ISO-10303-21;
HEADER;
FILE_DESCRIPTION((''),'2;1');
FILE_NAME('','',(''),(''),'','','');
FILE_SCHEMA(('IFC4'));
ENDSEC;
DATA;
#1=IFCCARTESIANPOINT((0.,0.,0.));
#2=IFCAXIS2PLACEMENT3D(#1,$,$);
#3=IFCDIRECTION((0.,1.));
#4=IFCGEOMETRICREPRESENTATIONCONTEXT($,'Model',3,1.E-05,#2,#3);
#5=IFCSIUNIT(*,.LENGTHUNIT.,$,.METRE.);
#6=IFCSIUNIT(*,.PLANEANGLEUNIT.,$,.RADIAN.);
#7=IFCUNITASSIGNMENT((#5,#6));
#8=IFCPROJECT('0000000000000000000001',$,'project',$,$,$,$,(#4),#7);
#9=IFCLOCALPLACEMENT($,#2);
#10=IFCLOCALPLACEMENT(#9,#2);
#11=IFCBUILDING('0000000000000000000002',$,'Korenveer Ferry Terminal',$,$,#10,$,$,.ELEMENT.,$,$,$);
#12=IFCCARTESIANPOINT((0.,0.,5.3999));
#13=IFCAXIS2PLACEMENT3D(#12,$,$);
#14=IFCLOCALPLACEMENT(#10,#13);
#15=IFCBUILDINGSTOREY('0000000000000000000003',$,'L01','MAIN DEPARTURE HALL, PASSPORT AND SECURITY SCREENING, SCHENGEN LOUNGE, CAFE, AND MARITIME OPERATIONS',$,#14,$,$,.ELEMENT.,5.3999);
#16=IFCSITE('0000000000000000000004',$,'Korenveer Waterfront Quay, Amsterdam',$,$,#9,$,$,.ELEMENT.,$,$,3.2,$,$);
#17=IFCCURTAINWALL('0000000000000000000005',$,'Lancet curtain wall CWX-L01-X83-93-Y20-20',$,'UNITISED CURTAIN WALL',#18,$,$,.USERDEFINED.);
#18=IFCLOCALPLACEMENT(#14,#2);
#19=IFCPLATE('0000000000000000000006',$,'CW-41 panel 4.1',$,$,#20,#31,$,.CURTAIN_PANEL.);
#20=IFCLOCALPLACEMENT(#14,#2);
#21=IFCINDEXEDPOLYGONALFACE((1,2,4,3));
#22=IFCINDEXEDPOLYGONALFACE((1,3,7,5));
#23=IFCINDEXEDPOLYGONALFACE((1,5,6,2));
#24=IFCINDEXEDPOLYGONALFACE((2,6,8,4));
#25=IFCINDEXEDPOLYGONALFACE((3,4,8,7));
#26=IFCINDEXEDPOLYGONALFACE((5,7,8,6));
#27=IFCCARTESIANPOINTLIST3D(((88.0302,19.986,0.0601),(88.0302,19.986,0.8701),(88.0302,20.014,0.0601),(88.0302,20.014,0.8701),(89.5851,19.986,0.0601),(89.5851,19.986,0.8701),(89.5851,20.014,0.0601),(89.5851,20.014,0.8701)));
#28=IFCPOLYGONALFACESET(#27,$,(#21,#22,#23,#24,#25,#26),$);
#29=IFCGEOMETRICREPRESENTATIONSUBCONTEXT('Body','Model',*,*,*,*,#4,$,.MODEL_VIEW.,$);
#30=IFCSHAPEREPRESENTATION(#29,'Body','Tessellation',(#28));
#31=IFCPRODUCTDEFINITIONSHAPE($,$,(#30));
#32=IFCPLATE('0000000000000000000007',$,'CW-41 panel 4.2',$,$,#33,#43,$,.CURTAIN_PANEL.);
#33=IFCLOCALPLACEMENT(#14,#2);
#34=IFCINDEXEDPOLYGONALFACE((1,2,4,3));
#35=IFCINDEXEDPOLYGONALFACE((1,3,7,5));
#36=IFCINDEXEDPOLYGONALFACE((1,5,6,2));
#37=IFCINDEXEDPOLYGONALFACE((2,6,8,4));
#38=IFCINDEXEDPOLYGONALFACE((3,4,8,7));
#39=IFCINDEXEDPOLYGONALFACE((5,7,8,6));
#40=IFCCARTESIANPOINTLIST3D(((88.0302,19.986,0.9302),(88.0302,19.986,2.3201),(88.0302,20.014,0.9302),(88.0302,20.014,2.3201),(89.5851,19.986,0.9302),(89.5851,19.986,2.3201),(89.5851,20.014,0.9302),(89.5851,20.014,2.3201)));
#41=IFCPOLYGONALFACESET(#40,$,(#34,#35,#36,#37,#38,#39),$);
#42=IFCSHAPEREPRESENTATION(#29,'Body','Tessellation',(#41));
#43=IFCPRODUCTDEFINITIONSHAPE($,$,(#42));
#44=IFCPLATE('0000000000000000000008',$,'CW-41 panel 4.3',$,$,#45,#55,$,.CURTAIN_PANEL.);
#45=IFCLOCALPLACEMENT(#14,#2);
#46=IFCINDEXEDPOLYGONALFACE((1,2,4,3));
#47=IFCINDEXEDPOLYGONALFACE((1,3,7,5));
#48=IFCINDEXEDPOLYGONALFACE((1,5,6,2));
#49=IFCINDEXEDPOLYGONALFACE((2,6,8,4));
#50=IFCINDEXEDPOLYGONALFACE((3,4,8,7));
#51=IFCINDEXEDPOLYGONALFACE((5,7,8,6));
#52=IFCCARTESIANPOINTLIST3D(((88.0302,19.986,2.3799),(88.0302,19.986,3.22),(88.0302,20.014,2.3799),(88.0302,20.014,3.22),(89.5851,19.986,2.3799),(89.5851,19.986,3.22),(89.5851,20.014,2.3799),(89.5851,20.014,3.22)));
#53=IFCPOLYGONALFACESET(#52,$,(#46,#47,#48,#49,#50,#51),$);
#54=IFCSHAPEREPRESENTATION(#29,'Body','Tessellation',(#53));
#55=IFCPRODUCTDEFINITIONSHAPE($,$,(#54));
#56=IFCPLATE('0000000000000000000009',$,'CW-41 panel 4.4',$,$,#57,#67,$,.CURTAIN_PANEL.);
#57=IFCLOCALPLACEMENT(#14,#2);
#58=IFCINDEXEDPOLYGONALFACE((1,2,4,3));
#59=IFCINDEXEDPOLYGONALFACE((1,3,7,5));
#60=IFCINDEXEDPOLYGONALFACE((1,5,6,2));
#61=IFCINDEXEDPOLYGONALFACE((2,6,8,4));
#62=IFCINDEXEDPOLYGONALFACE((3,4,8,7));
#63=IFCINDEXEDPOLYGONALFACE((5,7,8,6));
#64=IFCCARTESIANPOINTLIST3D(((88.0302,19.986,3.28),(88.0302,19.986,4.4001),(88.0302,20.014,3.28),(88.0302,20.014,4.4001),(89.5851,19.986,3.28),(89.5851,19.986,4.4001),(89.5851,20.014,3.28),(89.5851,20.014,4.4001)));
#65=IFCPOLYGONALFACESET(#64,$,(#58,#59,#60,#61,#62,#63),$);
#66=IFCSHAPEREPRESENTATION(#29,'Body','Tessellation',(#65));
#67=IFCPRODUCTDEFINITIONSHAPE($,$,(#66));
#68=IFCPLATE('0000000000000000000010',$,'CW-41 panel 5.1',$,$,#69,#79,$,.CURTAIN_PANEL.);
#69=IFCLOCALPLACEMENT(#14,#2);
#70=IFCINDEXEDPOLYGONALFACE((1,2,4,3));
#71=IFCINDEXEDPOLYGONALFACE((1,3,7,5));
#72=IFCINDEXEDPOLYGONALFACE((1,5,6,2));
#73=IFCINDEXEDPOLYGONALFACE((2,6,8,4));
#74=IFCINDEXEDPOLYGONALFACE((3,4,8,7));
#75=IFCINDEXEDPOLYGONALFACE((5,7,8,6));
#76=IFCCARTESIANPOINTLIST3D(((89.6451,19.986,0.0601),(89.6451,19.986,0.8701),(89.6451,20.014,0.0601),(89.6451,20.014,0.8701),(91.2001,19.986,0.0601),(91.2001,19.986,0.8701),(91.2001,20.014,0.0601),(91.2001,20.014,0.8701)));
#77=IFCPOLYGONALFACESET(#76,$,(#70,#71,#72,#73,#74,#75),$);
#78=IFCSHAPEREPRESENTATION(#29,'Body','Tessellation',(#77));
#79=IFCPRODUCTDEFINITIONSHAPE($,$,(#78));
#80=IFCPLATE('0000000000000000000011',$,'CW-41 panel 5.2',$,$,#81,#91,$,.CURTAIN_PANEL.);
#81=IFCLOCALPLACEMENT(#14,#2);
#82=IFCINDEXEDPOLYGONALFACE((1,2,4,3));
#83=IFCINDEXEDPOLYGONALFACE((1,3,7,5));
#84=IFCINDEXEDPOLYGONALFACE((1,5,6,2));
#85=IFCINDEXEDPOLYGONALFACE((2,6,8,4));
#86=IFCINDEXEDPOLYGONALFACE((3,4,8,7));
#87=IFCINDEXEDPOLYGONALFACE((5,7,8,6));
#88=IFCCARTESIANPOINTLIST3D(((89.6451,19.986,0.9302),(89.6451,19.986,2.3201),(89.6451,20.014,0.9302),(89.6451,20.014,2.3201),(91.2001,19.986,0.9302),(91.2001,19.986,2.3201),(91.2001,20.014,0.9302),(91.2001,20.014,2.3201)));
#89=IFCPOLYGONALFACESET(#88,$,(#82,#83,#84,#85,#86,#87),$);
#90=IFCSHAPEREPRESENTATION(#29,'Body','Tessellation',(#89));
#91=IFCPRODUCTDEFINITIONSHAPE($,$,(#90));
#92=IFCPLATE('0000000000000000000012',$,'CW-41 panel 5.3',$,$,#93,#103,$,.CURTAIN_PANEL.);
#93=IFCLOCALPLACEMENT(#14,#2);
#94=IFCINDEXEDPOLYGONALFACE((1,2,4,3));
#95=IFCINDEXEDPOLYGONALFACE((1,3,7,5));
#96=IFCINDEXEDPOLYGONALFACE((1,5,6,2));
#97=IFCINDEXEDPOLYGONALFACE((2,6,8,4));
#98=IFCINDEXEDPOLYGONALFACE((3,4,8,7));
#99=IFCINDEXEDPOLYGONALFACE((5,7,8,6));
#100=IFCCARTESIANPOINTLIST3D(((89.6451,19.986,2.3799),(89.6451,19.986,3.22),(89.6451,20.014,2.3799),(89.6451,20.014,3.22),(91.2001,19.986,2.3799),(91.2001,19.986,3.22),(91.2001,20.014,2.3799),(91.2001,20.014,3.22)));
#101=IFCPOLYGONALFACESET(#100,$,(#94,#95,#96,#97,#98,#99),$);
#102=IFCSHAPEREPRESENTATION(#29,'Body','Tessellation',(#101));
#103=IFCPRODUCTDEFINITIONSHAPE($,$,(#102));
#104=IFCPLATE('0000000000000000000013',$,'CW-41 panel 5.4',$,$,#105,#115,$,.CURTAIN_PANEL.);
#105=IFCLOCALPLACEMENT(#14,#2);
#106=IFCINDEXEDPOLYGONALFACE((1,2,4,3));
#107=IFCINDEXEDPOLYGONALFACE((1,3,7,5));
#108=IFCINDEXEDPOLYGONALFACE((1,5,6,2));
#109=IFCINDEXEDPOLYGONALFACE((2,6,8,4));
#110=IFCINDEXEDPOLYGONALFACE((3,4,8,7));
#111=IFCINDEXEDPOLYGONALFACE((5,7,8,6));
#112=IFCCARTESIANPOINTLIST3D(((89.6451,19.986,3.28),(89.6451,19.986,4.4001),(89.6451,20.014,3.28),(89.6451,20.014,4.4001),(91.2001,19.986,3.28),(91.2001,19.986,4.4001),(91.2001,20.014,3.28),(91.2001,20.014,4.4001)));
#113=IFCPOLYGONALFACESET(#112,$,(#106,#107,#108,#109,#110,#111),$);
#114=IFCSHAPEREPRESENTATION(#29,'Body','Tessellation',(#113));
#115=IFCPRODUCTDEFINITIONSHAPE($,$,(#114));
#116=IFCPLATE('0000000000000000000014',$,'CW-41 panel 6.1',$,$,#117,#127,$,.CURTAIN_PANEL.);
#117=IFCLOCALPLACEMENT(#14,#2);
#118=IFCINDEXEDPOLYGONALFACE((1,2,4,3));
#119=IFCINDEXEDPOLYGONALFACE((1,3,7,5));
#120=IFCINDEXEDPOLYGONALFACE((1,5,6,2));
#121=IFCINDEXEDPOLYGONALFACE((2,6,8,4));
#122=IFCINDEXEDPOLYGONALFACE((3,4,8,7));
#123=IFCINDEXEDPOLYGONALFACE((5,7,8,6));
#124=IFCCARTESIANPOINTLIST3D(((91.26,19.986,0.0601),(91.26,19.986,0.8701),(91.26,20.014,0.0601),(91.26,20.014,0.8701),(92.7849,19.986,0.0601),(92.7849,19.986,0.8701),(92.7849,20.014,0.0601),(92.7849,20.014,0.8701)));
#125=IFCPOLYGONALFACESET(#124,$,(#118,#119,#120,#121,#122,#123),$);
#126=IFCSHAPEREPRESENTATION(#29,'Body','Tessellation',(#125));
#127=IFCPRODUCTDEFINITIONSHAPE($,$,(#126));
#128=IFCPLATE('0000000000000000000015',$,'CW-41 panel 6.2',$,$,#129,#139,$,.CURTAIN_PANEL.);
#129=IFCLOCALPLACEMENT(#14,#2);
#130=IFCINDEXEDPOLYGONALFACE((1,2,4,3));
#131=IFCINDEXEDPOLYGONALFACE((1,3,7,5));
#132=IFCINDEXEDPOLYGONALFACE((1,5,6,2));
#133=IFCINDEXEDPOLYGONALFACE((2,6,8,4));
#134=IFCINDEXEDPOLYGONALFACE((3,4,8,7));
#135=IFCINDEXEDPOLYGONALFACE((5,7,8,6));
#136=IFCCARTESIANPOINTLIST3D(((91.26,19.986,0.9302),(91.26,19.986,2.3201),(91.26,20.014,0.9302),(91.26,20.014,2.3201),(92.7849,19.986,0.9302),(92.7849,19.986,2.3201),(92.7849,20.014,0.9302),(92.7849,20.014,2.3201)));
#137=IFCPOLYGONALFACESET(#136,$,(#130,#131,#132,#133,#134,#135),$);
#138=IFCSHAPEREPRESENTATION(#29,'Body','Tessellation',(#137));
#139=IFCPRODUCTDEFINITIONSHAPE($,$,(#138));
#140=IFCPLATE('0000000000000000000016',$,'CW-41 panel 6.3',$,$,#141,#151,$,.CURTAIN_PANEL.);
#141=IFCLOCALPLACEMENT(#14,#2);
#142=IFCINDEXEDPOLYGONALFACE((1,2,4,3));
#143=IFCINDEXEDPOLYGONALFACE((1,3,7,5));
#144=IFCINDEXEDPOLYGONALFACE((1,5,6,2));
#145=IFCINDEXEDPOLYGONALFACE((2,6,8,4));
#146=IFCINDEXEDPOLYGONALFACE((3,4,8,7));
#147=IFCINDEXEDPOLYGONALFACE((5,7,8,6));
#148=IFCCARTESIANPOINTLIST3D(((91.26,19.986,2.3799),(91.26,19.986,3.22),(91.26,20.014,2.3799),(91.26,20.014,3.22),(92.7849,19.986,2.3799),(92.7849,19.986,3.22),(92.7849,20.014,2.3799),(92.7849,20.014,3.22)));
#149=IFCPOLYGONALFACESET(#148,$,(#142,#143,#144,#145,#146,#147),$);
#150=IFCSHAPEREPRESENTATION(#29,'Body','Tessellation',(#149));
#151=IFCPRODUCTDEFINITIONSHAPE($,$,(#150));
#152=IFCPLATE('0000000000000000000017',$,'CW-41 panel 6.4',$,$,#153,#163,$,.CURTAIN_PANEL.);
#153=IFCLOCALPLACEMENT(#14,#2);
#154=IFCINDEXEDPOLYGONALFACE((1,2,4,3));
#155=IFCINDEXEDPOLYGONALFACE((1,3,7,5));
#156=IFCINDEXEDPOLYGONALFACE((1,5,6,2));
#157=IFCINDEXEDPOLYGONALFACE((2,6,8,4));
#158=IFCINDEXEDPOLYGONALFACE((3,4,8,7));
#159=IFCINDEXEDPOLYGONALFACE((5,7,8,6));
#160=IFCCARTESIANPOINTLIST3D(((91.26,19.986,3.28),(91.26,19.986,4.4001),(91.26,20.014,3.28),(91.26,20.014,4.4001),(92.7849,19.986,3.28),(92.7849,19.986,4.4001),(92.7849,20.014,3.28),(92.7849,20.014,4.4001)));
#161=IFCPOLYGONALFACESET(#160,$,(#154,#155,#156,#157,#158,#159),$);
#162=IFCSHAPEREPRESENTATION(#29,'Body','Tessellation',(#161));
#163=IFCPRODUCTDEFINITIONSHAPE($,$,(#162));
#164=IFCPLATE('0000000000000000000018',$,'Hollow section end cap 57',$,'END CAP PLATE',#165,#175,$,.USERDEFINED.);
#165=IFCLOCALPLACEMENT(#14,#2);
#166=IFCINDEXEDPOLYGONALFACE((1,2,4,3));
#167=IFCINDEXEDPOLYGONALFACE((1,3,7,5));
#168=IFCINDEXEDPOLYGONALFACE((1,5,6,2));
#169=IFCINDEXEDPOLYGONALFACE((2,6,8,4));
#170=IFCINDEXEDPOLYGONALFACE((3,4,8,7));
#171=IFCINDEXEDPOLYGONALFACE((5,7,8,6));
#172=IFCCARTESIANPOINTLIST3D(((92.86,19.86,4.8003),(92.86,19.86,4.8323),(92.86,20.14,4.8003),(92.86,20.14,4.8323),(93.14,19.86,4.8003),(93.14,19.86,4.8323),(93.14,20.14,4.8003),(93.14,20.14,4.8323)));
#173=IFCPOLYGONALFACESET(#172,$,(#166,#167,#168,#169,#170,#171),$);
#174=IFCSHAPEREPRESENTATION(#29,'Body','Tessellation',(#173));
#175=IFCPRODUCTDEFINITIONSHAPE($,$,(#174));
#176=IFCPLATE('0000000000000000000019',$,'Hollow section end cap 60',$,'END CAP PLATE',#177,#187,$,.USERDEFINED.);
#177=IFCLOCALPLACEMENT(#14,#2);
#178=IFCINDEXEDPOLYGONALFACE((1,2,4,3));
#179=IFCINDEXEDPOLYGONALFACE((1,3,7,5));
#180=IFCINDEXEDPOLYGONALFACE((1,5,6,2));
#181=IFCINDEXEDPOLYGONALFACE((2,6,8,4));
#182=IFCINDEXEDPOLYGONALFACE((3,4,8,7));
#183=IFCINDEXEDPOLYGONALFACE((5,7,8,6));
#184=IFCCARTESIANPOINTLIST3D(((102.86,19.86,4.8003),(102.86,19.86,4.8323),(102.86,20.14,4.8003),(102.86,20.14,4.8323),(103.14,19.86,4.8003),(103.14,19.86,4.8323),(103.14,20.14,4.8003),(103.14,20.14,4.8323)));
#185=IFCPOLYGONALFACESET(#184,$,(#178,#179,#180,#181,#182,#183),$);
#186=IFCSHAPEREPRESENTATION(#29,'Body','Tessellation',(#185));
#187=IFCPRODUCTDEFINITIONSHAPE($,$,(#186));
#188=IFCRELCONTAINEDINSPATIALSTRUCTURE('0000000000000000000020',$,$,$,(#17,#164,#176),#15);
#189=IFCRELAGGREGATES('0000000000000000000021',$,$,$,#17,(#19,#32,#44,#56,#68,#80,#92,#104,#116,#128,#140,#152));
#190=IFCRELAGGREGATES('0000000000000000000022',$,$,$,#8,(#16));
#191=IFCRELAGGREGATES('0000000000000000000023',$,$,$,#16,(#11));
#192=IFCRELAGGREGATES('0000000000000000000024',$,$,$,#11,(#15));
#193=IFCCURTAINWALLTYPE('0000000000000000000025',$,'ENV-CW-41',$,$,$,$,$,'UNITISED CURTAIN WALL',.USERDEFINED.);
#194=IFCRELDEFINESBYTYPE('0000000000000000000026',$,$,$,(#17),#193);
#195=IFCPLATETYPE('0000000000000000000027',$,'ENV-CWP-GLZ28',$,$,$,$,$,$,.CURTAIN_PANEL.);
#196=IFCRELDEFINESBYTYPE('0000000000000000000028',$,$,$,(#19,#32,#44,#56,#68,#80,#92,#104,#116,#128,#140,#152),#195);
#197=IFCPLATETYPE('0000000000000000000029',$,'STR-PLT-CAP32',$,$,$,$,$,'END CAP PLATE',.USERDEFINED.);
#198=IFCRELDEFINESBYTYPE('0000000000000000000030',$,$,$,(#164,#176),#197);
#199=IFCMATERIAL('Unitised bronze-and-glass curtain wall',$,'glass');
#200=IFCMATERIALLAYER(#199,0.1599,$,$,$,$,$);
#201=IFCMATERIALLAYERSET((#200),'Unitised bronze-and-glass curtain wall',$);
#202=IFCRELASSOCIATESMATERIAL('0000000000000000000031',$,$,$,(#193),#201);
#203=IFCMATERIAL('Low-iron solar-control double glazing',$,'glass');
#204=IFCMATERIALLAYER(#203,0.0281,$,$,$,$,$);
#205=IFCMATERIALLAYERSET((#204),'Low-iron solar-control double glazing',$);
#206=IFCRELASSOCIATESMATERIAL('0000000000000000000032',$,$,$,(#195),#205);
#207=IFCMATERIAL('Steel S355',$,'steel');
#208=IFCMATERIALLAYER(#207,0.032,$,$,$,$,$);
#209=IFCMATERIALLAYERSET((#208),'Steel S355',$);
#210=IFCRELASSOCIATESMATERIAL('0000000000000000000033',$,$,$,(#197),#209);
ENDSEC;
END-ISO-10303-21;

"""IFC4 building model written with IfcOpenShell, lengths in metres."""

from ifc_helpers import new_model, si_unit, direction, frame, origin, origin_2d, place, context, subcontext, project, spatial, rectangle, extrude, material, layer, layer_set, type_object, element, aggregate, save


model = new_model("IFC4")

# Units and contexts
model_context = context("Model", 3, precision=1e-05, world=origin(), true_north=direction((0.0, 1.0)))
body_context = subcontext(model_context, "Body", "Model", "MODEL_VIEW")
ifc_project = project(units=[si_unit("LENGTHUNIT", "METRE"), si_unit("PLANEANGLEUNIT", "RADIAN")], contexts=[model_context])

# Site, building, storey
site_placement = place(None, origin())
site = spatial("IfcSite", under=ifc_project, at=site_placement, Name="Korenveer Waterfront Quay, Amsterdam", CompositionType="ELEMENT", RefElevation=3.2)
building_placement = place(site_placement, origin())
building = spatial("IfcBuilding", under=site, at=building_placement, Name="Korenveer Ferry Terminal", CompositionType="ELEMENT")
storey_placement = place(building_placement, frame((0.0, 0.0, 5.3999)))
storey = spatial("IfcBuildingStorey", under=building, at=storey_placement, Name="L01", Description="MAIN DEPARTURE HALL, PASSPORT AND SECURITY SCREENING, SCHENGEN LOUNGE, CAFE, AND MARITIME OPERATIONS", CompositionType="ELEMENT", Elevation=5.3999)

# Shared definitions
ifc_material_1 = material(Name="Steel S355", Category="steel")

# Curtain wall
ifc_material_2 = material(Name="Unitised bronze-and-glass curtain wall", Category="glass")
ifc_layer_1 = layer(ifc_material_2, 0.1599)
ifc_layer_set_1 = layer_set([ifc_layer_1], Name="Unitised bronze-and-glass curtain wall")
curtain_wall_type_1 = type_object("IfcCurtainWallType", Name="ENV-CW-41", ElementType="UNITISED CURTAIN WALL", PredefinedType="USERDEFINED", material=ifc_layer_set_1)
curtain_wall_1_placement = place(storey_placement, frame((83.155, 20.0, 0.0)))
curtain_wall_1 = element("IfcCurtainWall", 1, at=curtain_wall_1_placement, inside=storey, type_object=curtain_wall_type_1, Name="Lancet curtain wall CWX-L01-X83-93-Y20-20", ObjectType="UNITISED CURTAIN WALL", PredefinedType="USERDEFINED")

# Plates
ifc_material_3 = material(Name="Low-iron solar-control double glazing", Category="glass")
ifc_layer_2 = layer(ifc_material_3, 0.0281)
ifc_layer_set_2 = layer_set([ifc_layer_2], Name="Low-iron solar-control double glazing")
plate_type_1 = type_object("IfcPlateType", Name="ENV-CWP-GLZ28", PredefinedType="CURTAIN_PANEL", material=ifc_layer_set_2)
plate_1_placement = place(storey_placement, frame((88.8076, 20.0, 0.0601), z_axis=(0.0, 0.0, 1.0), x_axis=(1.0, 0.0, 0.0)))
plate_1 = element("IfcPlate", 2, at=plate_1_placement, type_object=plate_type_1, Name="CW-41 panel 4.1", PredefinedType="CURTAIN_PANEL", context=body_context, shape_type="SweptSolid", body=[
    extrude(rectangle(XDim=1.5549, YDim=0.0281, at=origin_2d()), origin(), (0.0, 0.0, 1.0), 0.8101),
])
plate_2_placement = place(storey_placement, frame((88.8076, 20.0, 0.9302), z_axis=(0.0, 0.0, 1.0), x_axis=(1.0, 0.0, 0.0)))
plate_2 = element("IfcPlate", 3, at=plate_2_placement, type_object=plate_type_1, Name="CW-41 panel 4.2", PredefinedType="CURTAIN_PANEL", context=body_context, shape_type="SweptSolid", body=[
    extrude(rectangle(XDim=1.5549, YDim=0.0281, at=origin_2d()), origin(), (0.0, 0.0, 1.0), 1.3899),
])
plate_3_placement = place(storey_placement, frame((88.8076, 20.0, 2.3799), z_axis=(0.0, 0.0, 1.0), x_axis=(1.0, 0.0, 0.0)))
plate_3 = element("IfcPlate", 4, at=plate_3_placement, type_object=plate_type_1, Name="CW-41 panel 4.3", PredefinedType="CURTAIN_PANEL", context=body_context, shape_type="SweptSolid", body=[
    extrude(rectangle(XDim=1.5549, YDim=0.0281, at=origin_2d()), origin(), (0.0, 0.0, 1.0), 0.8401),
])
plate_4_placement = place(storey_placement, frame((88.8076, 20.0, 3.28), z_axis=(0.0, 0.0, 1.0), x_axis=(1.0, 0.0, 0.0)))
plate_4 = element("IfcPlate", 5, at=plate_4_placement, type_object=plate_type_1, Name="CW-41 panel 4.4", PredefinedType="CURTAIN_PANEL", context=body_context, shape_type="SweptSolid", body=[
    extrude(rectangle(XDim=1.5549, YDim=0.0281, at=origin_2d()), origin(), (0.0, 0.0, 1.0), 1.1201),
])
plate_5_placement = place(storey_placement, frame((90.4226, 20.0, 0.0601), z_axis=(0.0, 0.0, 1.0), x_axis=(1.0, 0.0, 0.0)))
plate_5 = element("IfcPlate", 6, at=plate_5_placement, type_object=plate_type_1, Name="CW-41 panel 5.1", PredefinedType="CURTAIN_PANEL", context=body_context, shape_type="SweptSolid", body=[
    extrude(rectangle(XDim=1.5549, YDim=0.0281, at=origin_2d()), origin(), (0.0, 0.0, 1.0), 0.8101),
])
plate_6_placement = place(storey_placement, frame((90.4226, 20.0, 0.9302), z_axis=(0.0, 0.0, 1.0), x_axis=(1.0, 0.0, 0.0)))
plate_6 = element("IfcPlate", 7, at=plate_6_placement, type_object=plate_type_1, Name="CW-41 panel 5.2", PredefinedType="CURTAIN_PANEL", context=body_context, shape_type="SweptSolid", body=[
    extrude(rectangle(XDim=1.5549, YDim=0.0281, at=origin_2d()), origin(), (0.0, 0.0, 1.0), 1.3899),
])
plate_7_placement = place(storey_placement, frame((90.4226, 20.0, 2.3799), z_axis=(0.0, 0.0, 1.0), x_axis=(1.0, 0.0, 0.0)))
plate_7 = element("IfcPlate", 8, at=plate_7_placement, type_object=plate_type_1, Name="CW-41 panel 5.3", PredefinedType="CURTAIN_PANEL", context=body_context, shape_type="SweptSolid", body=[
    extrude(rectangle(XDim=1.5549, YDim=0.0281, at=origin_2d()), origin(), (0.0, 0.0, 1.0), 0.8401),
])
plate_8_placement = place(storey_placement, frame((90.4226, 20.0, 3.28), z_axis=(0.0, 0.0, 1.0), x_axis=(1.0, 0.0, 0.0)))
plate_8 = element("IfcPlate", 9, at=plate_8_placement, type_object=plate_type_1, Name="CW-41 panel 5.4", PredefinedType="CURTAIN_PANEL", context=body_context, shape_type="SweptSolid", body=[
    extrude(rectangle(XDim=1.5549, YDim=0.0281, at=origin_2d()), origin(), (0.0, 0.0, 1.0), 1.1201),
])
plate_9_placement = place(storey_placement, frame((92.0225, 20.0, 0.0601), z_axis=(0.0, 0.0, 1.0), x_axis=(1.0, 0.0, 0.0)))
plate_9 = element("IfcPlate", 10, at=plate_9_placement, type_object=plate_type_1, Name="CW-41 panel 6.1", PredefinedType="CURTAIN_PANEL", context=body_context, shape_type="SweptSolid", body=[
    extrude(rectangle(XDim=1.5249, YDim=0.0281, at=origin_2d()), origin(), (0.0, 0.0, 1.0), 0.8101),
])
plate_10_placement = place(storey_placement, frame((92.0225, 20.0, 0.9302), z_axis=(0.0, 0.0, 1.0), x_axis=(1.0, 0.0, 0.0)))
plate_10 = element("IfcPlate", 11, at=plate_10_placement, type_object=plate_type_1, Name="CW-41 panel 6.2", PredefinedType="CURTAIN_PANEL", context=body_context, shape_type="SweptSolid", body=[
    extrude(rectangle(XDim=1.5249, YDim=0.0281, at=origin_2d()), origin(), (0.0, 0.0, 1.0), 1.3899),
])
plate_11_placement = place(storey_placement, frame((92.0225, 20.0, 2.3799), z_axis=(0.0, 0.0, 1.0), x_axis=(1.0, 0.0, 0.0)))
plate_11 = element("IfcPlate", 12, at=plate_11_placement, type_object=plate_type_1, Name="CW-41 panel 6.3", PredefinedType="CURTAIN_PANEL", context=body_context, shape_type="SweptSolid", body=[
    extrude(rectangle(XDim=1.5249, YDim=0.0281, at=origin_2d()), origin(), (0.0, 0.0, 1.0), 0.8401),
])
plate_12_placement = place(storey_placement, frame((92.0225, 20.0, 3.28), z_axis=(0.0, 0.0, 1.0), x_axis=(1.0, 0.0, 0.0)))
plate_12 = element("IfcPlate", 13, at=plate_12_placement, type_object=plate_type_1, Name="CW-41 panel 6.4", PredefinedType="CURTAIN_PANEL", context=body_context, shape_type="SweptSolid", body=[
    extrude(rectangle(XDim=1.5249, YDim=0.0281, at=origin_2d()), origin(), (0.0, 0.0, 1.0), 1.1201),
])
aggregate(curtain_wall_1, [plate_1, plate_2, plate_3, plate_4, plate_5, plate_6, plate_7, plate_8, plate_9, plate_10, plate_11, plate_12])

# Plates
ifc_layer_3 = layer(ifc_material_1, 0.032)
ifc_layer_set_3 = layer_set([ifc_layer_3], Name="Steel S355")
plate_type_2 = type_object("IfcPlateType", Name="STR-PLT-CAP32", ElementType="END CAP PLATE", PredefinedType="USERDEFINED", material=ifc_layer_set_3)
for number, where, z_axis, x_axis, name in (
    (14, (93.0, 20.0, 4.8003), (0.0, 0.0, 1.0), (1.0, 0.0, 0.0), "Hollow section end cap 57"),
    (15, (103.0, 20.0, 4.8003), (0.0, 0.0, 1.0), (1.0, 0.0, 0.0), "Hollow section end cap 60"),
):
    element("IfcPlate", number, at=place(storey_placement, frame(where, z_axis=z_axis, x_axis=x_axis)), inside=storey, type_object=plate_type_2, Name=name, ObjectType="END CAP PLATE", PredefinedType="USERDEFINED", context=body_context, shape_type="SweptSolid", body=[
        extrude(rectangle(XDim=0.28, YDim=0.28, at=origin_2d()), origin(), (0.0, 0.0, 1.0), 0.032),
    ])

save(model, "model.ifc")
